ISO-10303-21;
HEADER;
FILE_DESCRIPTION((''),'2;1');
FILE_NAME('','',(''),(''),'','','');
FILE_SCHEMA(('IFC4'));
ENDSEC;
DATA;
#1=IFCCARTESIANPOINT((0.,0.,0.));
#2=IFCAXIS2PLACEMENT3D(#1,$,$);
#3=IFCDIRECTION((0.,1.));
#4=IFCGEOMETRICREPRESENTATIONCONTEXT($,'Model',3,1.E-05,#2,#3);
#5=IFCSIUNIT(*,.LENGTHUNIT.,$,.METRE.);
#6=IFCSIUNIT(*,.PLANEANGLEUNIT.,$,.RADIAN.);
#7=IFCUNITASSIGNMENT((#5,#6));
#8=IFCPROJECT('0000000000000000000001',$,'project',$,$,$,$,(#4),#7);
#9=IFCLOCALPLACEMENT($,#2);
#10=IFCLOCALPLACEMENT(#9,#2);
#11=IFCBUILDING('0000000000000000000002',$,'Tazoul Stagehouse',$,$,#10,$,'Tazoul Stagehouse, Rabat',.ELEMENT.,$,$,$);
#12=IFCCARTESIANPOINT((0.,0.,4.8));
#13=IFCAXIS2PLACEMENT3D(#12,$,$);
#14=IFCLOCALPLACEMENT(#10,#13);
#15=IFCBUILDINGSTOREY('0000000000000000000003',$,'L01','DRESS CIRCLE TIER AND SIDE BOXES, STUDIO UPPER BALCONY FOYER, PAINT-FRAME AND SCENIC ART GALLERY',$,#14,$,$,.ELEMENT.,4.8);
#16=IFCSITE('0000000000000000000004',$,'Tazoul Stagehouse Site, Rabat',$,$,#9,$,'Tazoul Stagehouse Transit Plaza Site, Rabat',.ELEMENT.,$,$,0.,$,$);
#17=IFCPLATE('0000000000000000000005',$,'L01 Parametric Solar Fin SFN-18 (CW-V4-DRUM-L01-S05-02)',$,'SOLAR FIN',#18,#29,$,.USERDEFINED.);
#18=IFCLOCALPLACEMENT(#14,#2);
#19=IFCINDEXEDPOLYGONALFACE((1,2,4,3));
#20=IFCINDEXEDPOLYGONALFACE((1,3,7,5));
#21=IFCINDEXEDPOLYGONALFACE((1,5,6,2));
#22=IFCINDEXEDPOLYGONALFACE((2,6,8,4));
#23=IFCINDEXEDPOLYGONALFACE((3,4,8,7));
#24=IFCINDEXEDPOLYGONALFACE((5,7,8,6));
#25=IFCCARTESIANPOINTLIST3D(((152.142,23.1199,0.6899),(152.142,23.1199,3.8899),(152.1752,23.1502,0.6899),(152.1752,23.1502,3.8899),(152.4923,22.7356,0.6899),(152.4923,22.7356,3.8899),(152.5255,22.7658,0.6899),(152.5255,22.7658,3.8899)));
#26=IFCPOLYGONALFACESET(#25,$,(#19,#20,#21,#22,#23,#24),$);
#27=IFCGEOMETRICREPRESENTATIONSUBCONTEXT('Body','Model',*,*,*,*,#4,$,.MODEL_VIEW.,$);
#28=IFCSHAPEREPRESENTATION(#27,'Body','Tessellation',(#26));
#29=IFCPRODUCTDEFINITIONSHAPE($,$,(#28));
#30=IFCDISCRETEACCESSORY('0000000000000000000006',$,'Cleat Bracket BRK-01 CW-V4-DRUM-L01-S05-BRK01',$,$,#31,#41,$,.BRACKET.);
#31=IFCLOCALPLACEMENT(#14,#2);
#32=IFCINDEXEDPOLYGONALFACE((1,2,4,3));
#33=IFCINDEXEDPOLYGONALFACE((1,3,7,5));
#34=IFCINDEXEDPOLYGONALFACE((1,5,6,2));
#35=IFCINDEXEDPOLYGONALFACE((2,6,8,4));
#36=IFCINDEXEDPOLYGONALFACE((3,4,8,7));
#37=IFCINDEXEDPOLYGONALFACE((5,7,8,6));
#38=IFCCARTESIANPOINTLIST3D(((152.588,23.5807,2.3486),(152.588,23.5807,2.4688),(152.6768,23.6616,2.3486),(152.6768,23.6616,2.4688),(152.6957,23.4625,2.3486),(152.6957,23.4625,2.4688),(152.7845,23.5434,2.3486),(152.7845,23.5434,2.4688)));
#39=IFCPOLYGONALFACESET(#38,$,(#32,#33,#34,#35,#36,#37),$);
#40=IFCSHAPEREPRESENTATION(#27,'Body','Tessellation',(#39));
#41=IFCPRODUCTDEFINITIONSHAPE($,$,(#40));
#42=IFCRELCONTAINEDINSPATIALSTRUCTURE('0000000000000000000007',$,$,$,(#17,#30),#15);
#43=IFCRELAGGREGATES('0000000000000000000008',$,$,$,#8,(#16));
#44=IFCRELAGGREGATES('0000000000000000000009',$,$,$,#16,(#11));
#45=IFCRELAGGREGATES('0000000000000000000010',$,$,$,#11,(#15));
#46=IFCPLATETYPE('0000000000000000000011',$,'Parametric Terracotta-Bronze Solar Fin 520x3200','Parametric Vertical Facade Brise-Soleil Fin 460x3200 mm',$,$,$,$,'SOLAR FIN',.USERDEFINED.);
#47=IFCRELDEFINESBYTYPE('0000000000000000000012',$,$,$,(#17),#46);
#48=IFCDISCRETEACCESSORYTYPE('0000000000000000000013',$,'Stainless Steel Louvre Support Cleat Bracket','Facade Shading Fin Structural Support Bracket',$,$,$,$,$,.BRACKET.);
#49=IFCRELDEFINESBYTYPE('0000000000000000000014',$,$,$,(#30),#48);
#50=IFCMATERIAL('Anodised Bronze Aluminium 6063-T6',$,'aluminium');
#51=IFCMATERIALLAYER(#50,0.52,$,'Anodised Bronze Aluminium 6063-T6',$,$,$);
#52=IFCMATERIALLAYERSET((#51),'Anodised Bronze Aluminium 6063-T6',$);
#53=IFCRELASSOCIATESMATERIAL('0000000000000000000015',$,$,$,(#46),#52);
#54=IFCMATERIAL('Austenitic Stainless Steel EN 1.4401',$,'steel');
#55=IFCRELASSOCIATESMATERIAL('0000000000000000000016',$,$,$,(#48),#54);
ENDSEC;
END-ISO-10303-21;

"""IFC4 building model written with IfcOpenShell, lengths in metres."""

from ifc_helpers import new_model, si_unit, direction, frame, origin, origin_2d, place, context, subcontext, project, spatial, rectangle, extrude, material, layer, layer_set, type_object, element, save


model = new_model("IFC4")

# Units and contexts
model_context = context("Model", 3, precision=1e-05, world=origin(), true_north=direction((0.0, 1.0)))
body_context = subcontext(model_context, "Body", "Model", "MODEL_VIEW")
ifc_project = project(units=[si_unit("LENGTHUNIT", "METRE"), si_unit("PLANEANGLEUNIT", "RADIAN")], contexts=[model_context])

# Site, building, storey
site_placement = place(None, origin())
site = spatial("IfcSite", under=ifc_project, at=site_placement, Name="Tazoul Stagehouse Site, Rabat", LongName="Tazoul Stagehouse Transit Plaza Site, Rabat", CompositionType="ELEMENT", RefElevation=0.0)
building_placement = place(site_placement, origin())
building = spatial("IfcBuilding", under=site, at=building_placement, Name="Tazoul Stagehouse", LongName="Tazoul Stagehouse, Rabat", CompositionType="ELEMENT")
storey_placement = place(building_placement, frame((0.0, 0.0, 4.8)))
storey = spatial("IfcBuildingStorey", under=building, at=storey_placement, Name="L01", Description="DRESS CIRCLE TIER AND SIDE BOXES, STUDIO UPPER BALCONY FOYER, PAINT-FRAME AND SCENIC ART GALLERY", CompositionType="ELEMENT", Elevation=4.8)

# Plate
ifc_material_1 = material(Name="Anodised Bronze Aluminium 6063-T6", Category="aluminium")
ifc_layer = layer(ifc_material_1, 0.52, Name="Anodised Bronze Aluminium 6063-T6")
ifc_layer_set = layer_set([ifc_layer], Name="Anodised Bronze Aluminium 6063-T6")
plate_type = type_object("IfcPlateType", Name="Parametric Terracotta-Bronze Solar Fin 520x3200", Description="Parametric Vertical Facade Brise-Soleil Fin 460x3200 mm", ElementType="SOLAR FIN", PredefinedType="USERDEFINED", material=ifc_layer_set)
plate_placement = place(storey_placement, frame((152.3337, 22.9429, 0.6899), z_axis=(0.0, 0.0, 1.0), x_axis=(0.739147, 0.673544, 0.0)))
element("IfcPlate", 1, at=plate_placement, inside=storey, type_object=plate_type, Name="L01 Parametric Solar Fin SFN-18 (CW-V4-DRUM-L01-S05-02)", ObjectType="SOLAR FIN", PredefinedType="USERDEFINED", context=body_context, shape_type="SweptSolid", body=[
    extrude(rectangle(XDim=0.0449, YDim=0.52, at=origin_2d()), origin(), (0.0, 0.0, 1.0), 3.2),
])

# Discrete accessory
ifc_material_2 = material(Name="Austenitic Stainless Steel EN 1.4401", Category="steel")
discrete_accessory_type = type_object("IfcDiscreteAccessoryType", Name="Stainless Steel Louvre Support Cleat Bracket", Description="Facade Shading Fin Structural Support Bracket", PredefinedType="BRACKET", material=ifc_material_2)
discrete_accessory_placement = place(storey_placement, frame((152.6863, 23.562, 2.3486), z_axis=(0.0, 0.0, 1.0), x_axis=(0.739147, 0.673544, 0.0)))
element("IfcDiscreteAccessory", 2, at=discrete_accessory_placement, inside=storey, type_object=discrete_accessory_type, Name="Cleat Bracket BRK-01 CW-V4-DRUM-L01-S05-BRK01", PredefinedType="BRACKET", context=body_context, shape_type="SweptSolid", body=[
    extrude(rectangle(XDim=0.1201, YDim=0.1599, at=origin_2d()), origin(), (0.0, 0.0, 1.0), 0.1201),
])

save(model, "model.ifc")
